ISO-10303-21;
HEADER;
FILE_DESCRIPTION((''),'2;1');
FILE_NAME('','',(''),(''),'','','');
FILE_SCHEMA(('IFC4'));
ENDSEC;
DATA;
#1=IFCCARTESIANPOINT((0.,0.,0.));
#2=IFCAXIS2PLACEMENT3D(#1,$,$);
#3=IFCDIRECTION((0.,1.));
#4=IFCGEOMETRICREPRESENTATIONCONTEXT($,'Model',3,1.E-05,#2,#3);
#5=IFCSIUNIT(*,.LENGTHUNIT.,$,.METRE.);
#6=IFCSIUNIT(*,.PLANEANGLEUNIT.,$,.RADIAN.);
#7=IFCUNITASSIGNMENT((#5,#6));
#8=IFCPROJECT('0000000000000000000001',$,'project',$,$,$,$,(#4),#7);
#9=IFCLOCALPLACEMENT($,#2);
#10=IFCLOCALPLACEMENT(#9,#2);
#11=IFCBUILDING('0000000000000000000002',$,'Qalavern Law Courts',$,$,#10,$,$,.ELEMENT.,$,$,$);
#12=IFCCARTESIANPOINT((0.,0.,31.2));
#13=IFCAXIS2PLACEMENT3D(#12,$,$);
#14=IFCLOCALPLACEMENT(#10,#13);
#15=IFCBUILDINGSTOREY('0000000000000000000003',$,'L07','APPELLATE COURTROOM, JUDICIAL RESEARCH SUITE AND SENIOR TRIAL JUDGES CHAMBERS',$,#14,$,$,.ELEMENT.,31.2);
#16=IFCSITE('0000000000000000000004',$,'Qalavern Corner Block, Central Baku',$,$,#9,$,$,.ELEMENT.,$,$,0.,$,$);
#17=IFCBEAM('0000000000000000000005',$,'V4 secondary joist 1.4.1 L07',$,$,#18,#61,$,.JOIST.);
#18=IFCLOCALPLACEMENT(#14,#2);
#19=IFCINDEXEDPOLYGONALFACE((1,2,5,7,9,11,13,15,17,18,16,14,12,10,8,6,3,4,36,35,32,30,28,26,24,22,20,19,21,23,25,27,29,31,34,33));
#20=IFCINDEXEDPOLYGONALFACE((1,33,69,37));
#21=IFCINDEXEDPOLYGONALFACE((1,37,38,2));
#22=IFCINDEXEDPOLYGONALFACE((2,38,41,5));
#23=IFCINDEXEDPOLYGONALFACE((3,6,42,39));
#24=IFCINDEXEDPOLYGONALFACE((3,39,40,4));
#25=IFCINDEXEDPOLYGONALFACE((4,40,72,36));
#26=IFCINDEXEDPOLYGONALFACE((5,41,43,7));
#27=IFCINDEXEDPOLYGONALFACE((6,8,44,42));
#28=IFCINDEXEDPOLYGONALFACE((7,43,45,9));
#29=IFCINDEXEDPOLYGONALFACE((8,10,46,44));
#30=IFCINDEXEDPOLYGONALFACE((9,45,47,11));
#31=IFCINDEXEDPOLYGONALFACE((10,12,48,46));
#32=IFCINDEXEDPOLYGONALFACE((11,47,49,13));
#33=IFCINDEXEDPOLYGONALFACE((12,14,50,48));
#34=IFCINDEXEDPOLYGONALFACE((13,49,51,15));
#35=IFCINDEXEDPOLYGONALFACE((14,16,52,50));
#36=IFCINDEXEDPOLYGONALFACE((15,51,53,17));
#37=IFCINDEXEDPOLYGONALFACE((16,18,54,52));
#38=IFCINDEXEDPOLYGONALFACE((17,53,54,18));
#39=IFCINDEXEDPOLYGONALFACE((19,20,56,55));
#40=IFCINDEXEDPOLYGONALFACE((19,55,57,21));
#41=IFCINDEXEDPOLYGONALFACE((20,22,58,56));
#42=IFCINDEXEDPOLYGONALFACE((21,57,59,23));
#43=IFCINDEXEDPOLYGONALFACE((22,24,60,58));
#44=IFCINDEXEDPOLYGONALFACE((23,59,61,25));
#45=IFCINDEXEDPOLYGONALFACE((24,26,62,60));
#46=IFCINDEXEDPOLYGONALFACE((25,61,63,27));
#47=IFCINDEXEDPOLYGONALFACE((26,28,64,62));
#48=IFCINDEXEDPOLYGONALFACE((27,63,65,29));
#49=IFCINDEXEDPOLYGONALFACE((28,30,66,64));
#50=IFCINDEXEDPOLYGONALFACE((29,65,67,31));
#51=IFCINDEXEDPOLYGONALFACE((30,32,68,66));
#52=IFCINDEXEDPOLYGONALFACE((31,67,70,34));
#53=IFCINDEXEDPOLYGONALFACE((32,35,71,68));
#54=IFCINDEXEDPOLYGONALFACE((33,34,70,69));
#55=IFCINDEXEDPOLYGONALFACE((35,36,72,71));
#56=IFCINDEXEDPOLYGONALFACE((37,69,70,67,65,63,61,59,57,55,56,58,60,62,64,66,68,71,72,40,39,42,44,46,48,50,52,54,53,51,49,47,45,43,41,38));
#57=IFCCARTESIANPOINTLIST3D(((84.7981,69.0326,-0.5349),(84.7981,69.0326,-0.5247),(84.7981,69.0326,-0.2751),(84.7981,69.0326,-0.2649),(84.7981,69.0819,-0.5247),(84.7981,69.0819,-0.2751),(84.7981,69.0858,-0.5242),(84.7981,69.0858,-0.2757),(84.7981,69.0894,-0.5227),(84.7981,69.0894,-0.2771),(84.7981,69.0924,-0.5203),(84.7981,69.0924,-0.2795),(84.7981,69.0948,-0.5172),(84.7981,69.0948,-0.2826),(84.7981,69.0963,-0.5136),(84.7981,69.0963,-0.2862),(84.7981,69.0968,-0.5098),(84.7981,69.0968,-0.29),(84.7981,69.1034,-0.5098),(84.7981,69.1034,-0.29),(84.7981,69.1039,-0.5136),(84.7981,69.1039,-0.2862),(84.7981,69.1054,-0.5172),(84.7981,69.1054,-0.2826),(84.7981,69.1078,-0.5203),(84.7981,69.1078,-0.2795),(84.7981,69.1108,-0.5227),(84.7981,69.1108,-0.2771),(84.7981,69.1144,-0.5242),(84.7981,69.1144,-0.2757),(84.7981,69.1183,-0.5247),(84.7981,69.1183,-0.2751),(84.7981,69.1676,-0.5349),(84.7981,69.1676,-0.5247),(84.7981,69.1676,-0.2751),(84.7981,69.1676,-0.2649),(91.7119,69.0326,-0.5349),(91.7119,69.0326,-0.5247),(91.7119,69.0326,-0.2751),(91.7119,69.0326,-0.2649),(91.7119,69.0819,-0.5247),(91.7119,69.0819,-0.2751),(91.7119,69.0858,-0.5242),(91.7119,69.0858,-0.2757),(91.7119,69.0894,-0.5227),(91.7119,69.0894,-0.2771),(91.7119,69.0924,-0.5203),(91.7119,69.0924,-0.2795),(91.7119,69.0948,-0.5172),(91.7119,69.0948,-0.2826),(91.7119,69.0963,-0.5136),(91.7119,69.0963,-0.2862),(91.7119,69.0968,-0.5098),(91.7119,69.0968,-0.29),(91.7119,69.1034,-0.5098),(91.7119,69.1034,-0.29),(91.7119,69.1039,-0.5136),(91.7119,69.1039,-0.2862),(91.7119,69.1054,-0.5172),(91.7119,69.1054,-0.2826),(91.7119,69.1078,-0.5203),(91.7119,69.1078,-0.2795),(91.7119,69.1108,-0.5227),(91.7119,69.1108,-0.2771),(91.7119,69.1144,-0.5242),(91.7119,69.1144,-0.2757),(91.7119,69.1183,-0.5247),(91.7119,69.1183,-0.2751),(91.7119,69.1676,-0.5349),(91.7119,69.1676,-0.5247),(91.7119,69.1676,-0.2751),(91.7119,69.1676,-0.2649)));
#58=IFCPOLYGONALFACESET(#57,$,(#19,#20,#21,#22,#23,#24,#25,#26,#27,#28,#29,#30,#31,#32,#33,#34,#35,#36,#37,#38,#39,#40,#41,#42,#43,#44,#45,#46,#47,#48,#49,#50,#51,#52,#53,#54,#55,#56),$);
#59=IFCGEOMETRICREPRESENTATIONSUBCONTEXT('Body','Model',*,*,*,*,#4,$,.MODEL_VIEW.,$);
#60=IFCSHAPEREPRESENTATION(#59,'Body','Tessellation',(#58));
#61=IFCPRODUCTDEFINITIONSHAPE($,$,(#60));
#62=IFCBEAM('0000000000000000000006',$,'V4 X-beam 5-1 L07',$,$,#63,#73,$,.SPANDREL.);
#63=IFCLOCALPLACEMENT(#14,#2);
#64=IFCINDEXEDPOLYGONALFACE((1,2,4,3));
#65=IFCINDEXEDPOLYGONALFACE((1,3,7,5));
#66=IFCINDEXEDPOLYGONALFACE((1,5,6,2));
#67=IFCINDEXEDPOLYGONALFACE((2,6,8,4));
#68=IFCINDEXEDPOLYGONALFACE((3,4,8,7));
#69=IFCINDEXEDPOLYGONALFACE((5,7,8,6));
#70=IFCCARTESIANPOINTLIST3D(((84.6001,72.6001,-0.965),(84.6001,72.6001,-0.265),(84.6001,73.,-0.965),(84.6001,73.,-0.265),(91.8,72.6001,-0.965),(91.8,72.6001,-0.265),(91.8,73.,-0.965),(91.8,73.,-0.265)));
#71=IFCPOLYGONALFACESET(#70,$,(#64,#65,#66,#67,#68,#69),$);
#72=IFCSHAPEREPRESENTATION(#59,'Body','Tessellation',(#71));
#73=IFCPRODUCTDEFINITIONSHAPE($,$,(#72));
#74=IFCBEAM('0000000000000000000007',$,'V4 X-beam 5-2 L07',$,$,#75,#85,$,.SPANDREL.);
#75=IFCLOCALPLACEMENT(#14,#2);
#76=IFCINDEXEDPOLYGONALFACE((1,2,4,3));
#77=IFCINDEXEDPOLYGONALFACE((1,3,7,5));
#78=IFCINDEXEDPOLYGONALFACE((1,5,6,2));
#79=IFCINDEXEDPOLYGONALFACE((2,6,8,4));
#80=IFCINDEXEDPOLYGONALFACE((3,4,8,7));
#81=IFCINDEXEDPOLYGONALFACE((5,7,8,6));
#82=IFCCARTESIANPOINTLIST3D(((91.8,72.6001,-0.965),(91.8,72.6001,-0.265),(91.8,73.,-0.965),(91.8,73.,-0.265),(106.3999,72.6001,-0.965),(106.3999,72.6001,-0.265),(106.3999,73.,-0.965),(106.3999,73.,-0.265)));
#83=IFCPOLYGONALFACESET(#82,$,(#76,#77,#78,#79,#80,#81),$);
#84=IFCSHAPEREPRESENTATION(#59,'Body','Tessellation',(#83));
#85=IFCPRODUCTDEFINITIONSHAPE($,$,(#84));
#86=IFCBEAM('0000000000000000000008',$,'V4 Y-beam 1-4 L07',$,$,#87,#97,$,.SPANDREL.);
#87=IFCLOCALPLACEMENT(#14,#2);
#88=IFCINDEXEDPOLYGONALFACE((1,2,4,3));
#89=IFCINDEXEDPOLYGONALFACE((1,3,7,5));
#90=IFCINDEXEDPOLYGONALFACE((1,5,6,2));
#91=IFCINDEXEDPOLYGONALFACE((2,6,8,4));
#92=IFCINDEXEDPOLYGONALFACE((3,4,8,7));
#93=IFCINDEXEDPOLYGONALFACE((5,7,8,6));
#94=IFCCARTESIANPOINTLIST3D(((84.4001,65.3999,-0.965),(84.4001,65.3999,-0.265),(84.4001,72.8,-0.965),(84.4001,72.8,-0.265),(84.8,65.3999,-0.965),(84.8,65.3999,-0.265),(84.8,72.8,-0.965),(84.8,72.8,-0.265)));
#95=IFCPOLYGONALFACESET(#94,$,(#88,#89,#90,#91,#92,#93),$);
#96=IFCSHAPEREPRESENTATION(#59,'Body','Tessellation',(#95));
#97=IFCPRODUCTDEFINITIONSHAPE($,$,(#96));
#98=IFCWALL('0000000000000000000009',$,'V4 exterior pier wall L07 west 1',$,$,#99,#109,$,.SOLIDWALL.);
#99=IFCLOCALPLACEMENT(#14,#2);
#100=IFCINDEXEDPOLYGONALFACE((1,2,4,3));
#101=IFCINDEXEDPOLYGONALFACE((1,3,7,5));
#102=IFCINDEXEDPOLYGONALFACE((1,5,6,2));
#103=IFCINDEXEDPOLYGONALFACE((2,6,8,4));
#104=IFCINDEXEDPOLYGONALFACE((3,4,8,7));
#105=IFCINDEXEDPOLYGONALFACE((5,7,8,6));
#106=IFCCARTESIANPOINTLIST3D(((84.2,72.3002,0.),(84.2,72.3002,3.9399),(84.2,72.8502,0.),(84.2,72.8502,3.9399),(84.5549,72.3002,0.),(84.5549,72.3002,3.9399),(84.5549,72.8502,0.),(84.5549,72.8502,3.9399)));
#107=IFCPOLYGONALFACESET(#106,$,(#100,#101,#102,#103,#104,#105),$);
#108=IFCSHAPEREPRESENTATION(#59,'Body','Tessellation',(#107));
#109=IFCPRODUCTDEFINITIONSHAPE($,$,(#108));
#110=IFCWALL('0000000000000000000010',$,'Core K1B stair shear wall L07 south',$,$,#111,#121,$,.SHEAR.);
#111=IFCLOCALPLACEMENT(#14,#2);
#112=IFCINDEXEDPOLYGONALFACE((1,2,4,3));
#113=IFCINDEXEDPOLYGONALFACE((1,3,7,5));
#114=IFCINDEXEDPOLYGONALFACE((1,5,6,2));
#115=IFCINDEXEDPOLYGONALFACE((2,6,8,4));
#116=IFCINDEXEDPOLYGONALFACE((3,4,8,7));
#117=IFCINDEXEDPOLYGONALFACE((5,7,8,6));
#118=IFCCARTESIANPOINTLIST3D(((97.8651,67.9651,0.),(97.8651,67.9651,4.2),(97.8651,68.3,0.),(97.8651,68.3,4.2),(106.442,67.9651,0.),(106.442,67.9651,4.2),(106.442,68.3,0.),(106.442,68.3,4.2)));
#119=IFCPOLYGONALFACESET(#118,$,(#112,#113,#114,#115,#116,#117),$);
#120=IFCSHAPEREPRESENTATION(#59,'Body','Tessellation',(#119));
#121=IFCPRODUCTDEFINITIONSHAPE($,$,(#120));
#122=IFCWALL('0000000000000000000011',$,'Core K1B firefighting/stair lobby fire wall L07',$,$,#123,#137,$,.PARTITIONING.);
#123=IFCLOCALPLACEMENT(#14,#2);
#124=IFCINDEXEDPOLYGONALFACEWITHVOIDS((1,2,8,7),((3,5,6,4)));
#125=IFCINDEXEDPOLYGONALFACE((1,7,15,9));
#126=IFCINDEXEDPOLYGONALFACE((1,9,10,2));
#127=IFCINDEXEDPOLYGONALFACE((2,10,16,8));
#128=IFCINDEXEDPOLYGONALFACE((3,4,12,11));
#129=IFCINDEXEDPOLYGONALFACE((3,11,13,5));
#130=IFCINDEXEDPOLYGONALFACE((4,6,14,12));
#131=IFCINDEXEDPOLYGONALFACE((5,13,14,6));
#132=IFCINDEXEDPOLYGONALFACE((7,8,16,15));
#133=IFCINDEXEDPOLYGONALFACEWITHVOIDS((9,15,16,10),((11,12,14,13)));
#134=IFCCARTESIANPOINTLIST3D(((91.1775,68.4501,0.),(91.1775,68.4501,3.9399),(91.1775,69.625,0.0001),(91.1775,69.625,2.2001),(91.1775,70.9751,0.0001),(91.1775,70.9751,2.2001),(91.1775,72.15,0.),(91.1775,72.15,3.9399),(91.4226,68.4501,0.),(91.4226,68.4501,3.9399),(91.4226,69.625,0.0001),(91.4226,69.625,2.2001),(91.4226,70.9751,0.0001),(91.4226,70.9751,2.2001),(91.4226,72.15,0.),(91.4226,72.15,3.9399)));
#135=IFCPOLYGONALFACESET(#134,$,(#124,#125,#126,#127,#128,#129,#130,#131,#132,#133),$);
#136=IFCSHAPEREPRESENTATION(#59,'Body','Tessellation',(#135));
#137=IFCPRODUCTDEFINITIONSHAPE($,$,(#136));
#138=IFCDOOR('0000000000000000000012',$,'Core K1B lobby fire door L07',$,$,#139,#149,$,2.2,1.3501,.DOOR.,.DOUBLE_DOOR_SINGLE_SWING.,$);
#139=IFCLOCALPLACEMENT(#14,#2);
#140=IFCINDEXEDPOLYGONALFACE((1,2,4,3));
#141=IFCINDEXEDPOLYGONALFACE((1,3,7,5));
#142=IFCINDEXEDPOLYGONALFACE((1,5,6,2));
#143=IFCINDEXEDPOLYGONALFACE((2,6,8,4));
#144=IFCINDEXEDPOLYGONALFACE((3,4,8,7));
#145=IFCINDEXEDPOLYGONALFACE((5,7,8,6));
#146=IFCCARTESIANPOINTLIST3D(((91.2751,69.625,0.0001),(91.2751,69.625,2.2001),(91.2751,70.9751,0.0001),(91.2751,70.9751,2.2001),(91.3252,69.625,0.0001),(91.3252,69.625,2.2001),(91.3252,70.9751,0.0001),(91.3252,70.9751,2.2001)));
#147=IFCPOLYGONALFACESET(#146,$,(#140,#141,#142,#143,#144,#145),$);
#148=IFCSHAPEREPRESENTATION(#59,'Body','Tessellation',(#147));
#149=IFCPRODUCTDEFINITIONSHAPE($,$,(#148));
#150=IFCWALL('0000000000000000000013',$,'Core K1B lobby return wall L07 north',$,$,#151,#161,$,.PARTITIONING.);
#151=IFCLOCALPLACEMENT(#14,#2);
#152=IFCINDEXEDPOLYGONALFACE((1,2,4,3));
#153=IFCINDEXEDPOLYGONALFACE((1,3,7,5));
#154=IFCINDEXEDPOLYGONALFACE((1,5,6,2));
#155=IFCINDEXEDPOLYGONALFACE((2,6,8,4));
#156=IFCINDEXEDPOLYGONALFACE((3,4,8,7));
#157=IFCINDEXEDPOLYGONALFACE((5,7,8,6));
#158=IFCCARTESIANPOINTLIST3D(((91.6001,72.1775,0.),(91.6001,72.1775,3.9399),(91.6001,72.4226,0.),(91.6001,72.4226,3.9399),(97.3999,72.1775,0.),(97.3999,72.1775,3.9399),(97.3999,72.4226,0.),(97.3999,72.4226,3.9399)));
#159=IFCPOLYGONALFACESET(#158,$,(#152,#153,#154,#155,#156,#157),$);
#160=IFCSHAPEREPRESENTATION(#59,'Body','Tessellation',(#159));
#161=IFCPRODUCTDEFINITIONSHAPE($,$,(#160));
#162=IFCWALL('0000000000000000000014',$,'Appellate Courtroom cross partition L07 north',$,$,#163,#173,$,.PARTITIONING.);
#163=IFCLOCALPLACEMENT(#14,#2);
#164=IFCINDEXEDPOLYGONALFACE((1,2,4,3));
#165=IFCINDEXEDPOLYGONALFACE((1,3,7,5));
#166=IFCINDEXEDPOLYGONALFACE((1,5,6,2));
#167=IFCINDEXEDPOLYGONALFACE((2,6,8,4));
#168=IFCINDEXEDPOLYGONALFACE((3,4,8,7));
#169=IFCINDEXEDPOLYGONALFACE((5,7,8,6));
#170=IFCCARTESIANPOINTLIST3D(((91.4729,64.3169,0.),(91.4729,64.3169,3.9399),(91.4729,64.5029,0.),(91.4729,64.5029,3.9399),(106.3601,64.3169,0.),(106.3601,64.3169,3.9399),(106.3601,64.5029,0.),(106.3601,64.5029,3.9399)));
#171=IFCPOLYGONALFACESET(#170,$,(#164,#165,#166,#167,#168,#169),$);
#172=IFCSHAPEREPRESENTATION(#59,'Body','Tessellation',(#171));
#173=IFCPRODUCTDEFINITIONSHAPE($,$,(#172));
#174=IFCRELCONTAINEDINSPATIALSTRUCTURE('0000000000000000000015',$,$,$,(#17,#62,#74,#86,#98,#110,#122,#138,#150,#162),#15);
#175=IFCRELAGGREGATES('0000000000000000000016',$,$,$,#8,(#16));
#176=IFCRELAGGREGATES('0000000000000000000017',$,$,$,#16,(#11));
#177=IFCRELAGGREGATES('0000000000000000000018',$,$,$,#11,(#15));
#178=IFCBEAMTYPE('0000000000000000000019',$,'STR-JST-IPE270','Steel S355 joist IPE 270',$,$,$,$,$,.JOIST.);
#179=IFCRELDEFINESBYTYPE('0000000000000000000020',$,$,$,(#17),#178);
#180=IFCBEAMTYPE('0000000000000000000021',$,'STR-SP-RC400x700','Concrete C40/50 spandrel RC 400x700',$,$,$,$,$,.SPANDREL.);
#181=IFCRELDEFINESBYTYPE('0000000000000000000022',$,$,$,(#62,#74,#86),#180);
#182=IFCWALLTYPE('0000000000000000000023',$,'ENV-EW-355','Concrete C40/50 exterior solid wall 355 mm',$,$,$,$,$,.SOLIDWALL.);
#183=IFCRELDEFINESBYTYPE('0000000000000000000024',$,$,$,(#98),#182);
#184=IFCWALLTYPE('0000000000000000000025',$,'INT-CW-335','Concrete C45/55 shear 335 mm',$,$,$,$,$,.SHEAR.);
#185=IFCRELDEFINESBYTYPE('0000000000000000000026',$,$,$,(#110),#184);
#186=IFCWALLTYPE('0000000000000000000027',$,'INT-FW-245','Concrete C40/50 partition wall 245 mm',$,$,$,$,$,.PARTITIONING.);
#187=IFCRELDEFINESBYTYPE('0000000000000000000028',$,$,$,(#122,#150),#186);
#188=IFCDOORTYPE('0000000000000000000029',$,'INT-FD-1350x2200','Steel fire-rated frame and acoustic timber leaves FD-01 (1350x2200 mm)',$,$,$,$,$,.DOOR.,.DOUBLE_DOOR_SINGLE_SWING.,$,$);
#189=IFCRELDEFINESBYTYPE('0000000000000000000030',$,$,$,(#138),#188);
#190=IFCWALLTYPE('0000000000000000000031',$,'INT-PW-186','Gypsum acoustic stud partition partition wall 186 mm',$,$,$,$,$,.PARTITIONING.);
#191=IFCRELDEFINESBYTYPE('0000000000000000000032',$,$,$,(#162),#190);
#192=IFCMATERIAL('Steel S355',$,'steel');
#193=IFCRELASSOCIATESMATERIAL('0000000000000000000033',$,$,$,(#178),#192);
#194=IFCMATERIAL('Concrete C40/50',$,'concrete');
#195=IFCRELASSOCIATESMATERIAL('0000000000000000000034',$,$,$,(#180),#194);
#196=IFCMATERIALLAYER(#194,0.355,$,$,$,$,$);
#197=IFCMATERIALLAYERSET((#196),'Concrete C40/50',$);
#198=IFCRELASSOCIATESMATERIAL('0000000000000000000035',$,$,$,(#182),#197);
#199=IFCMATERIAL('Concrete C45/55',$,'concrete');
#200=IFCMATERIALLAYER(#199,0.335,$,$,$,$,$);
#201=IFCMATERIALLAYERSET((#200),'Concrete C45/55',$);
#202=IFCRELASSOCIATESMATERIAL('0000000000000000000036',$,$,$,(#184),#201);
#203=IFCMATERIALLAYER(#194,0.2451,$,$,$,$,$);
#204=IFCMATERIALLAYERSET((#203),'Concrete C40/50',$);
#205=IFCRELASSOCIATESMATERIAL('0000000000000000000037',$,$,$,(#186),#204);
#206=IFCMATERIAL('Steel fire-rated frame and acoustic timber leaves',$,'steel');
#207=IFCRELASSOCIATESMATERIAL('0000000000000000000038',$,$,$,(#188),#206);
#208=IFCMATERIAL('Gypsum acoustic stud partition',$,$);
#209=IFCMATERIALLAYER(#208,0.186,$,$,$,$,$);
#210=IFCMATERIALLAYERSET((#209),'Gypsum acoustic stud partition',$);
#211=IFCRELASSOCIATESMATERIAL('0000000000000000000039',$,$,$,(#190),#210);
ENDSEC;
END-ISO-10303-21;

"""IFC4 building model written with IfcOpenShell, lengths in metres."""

from ifc_helpers import new_model, si_unit, direction, frame, frame_2d, origin, origin_2d, place, context, subcontext, project, spatial, rectangle, i_section, extrude, material, layer, layer_set, material_profile, profile_set, type_object, element, fill, save


model = new_model("IFC4")

# Units and contexts
model_context = context("Model", 3, precision=1e-05, world=origin(), true_north=direction((0.0, 1.0)))
body_context = subcontext(model_context, "Body", "Model", "MODEL_VIEW")
ifc_project = project(units=[si_unit("LENGTHUNIT", "METRE"), si_unit("PLANEANGLEUNIT", "RADIAN")], contexts=[model_context])

# Site, building, storey
site_placement = place(None, origin())
site = spatial("IfcSite", under=ifc_project, at=site_placement, Name="Qalavern Corner Block, Central Baku", CompositionType="ELEMENT", RefElevation=0.0)
building_placement = place(site_placement, origin())
building = spatial("IfcBuilding", under=site, at=building_placement, Name="Qalavern Law Courts", CompositionType="ELEMENT")
storey_placement = place(building_placement, frame((0.0, 0.0, 31.2)))
storey = spatial("IfcBuildingStorey", under=building, at=storey_placement, Name="L07", Description="APPELLATE COURTROOM, JUDICIAL RESEARCH SUITE AND SENIOR TRIAL JUDGES CHAMBERS", CompositionType="ELEMENT", Elevation=31.2)

# Shared definitions
ifc_material_1 = material(Name="Concrete C45/55", Category="concrete")

# Beams
ifc_material_2 = material(Name="Steel S355", Category="steel")
ifc_material_profile_1 = material_profile(ifc_material_2, i_section(OverallWidth=0.135, OverallDepth=0.27, WebThickness=0.0066, FlangeThickness=0.0103, FilletRadius=0.0149, at=origin_2d()), Name="IPE 270")
ifc_profile_set_1 = profile_set([ifc_material_profile_1], Name="Steel S355")
beam_type_1 = type_object("IfcBeamType", Name="STR-JST-IPE270", Description="Steel S355 joist IPE 270", PredefinedType="JOIST", material=ifc_profile_set_1)
beam_1_placement = place(storey_placement, frame((84.7981, 69.1001, -0.3999), z_axis=(1.0, 0.0, 0.0), x_axis=(0.0, 1.0, 0.0)))
element("IfcBeam", 1, at=beam_1_placement, inside=storey, type_object=beam_type_1, Name="V4 secondary joist 1.4.1 L07", PredefinedType="JOIST", context=body_context, shape_type="SweptSolid", body=[
    extrude(i_section(OverallWidth=0.135, OverallDepth=0.27, WebThickness=0.0066, FlangeThickness=0.0103, FilletRadius=0.0149, at=origin_2d()), origin(), (0.0, 0.0, 1.0), 6.9138),
])
ifc_material_3 = material(Name="Concrete C40/50", Category="concrete")
ifc_material_profile_2 = material_profile(ifc_material_3, rectangle(XDim=0.3999, YDim=0.7, at=origin_2d()), Name="RC 400x700")
ifc_profile_set_2 = profile_set([ifc_material_profile_2], Name="Concrete C40/50")
beam_type_2 = type_object("IfcBeamType", Name="STR-SP-RC400x700", Description="Concrete C40/50 spandrel RC 400x700", PredefinedType="SPANDREL", material=ifc_profile_set_2)
beam_2_placement = place(storey_placement, frame((84.6001, 72.8, -0.615), z_axis=(1.0, 0.0, 0.0), x_axis=(0.0, 1.0, 0.0)))
element("IfcBeam", 2, at=beam_2_placement, inside=storey, type_object=beam_type_2, Name="V4 X-beam 5-1 L07", PredefinedType="SPANDREL", context=body_context, shape_type="SweptSolid", body=[
    extrude(rectangle(XDim=0.3999, YDim=0.7, at=origin_2d()), origin(), (0.0, 0.0, 1.0), 7.2),
])
beam_3_placement = place(storey_placement, frame((91.8, 72.8, -0.615), z_axis=(1.0, 0.0, 0.0), x_axis=(0.0, 1.0, 0.0)))
element("IfcBeam", 3, at=beam_3_placement, inside=storey, type_object=beam_type_2, Name="V4 X-beam 5-2 L07", PredefinedType="SPANDREL", context=body_context, shape_type="SweptSolid", body=[
    extrude(rectangle(XDim=0.3999, YDim=0.7, at=origin_2d()), origin(), (0.0, 0.0, 1.0), 14.5999),
])
beam_4_placement = place(storey_placement, frame((84.6001, 65.3999, -0.615), z_axis=(0.0, 1.0, 0.0), x_axis=(-1.0, 0.0, 0.0)))
element("IfcBeam", 4, at=beam_4_placement, inside=storey, type_object=beam_type_2, Name="V4 Y-beam 1-4 L07", PredefinedType="SPANDREL", context=body_context, shape_type="SweptSolid", body=[
    extrude(rectangle(XDim=0.3999, YDim=0.7, at=origin_2d()), origin(), (0.0, 0.0, 1.0), 7.4001),
])

# Walls
ifc_layer_1 = layer(ifc_material_3, 0.355)
ifc_layer_set_1 = layer_set([ifc_layer_1], Name="Concrete C40/50")
wall_type_1 = type_object("IfcWallType", Name="ENV-EW-355", Description="Concrete C40/50 exterior solid wall 355 mm", PredefinedType="SOLIDWALL", material=ifc_layer_set_1)
wall_1_placement = place(storey_placement, frame((84.3774, 72.8501, 0.0), z_axis=(0.0, 0.0, 1.0), x_axis=(0.0, -1.0, 0.0)))
element("IfcWall", 5, at=wall_1_placement, inside=storey, type_object=wall_type_1, Name="V4 exterior pier wall L07 west 1", PredefinedType="SOLIDWALL", context=body_context, shape_type="SweptSolid", body=[
    extrude(rectangle(XDim=0.55, YDim=0.355, at=frame_2d((0.2749, 0.0))), origin(), (0.0, 0.0, 1.0), 3.9399),
])
ifc_layer_2 = layer(ifc_material_1, 0.335)
ifc_layer_set_2 = layer_set([ifc_layer_2], Name="Concrete C45/55")
wall_type_2 = type_object("IfcWallType", Name="INT-CW-335", Description="Concrete C45/55 shear 335 mm", PredefinedType="SHEAR", material=ifc_layer_set_2)
wall_2_placement = place(storey_placement, frame((97.865, 68.1326, 0.0), z_axis=(0.0, 0.0, 1.0), x_axis=(1.0, 0.0, 0.0)))
element("IfcWall", 6, at=wall_2_placement, inside=storey, type_object=wall_type_2, Name="Core K1B stair shear wall L07 south", PredefinedType="SHEAR", context=body_context, shape_type="SweptSolid", body=[
    extrude(rectangle(XDim=8.5769, YDim=0.335, at=frame_2d((4.2886, 0.0))), origin(), (0.0, 0.0, 1.0), 4.2),
])

# Wall, opening, door
ifc_layer_3 = layer(ifc_material_3, 0.2451)
ifc_layer_set_3 = layer_set([ifc_layer_3], Name="Concrete C40/50")
wall_type_3 = type_object("IfcWallType", Name="INT-FW-245", Description="Concrete C40/50 partition wall 245 mm", PredefinedType="PARTITIONING", material=ifc_layer_set_3)
wall_3_placement = place(storey_placement, frame((91.3, 68.45, 0.0), z_axis=(0.0, 0.0, 1.0), x_axis=(0.0, 1.0, 0.0)))
wall_3 = element("IfcWall", 7, at=wall_3_placement, inside=storey, type_object=wall_type_3, Name="Core K1B firefighting/stair lobby fire wall L07", PredefinedType="PARTITIONING", context=body_context, shape_type="SweptSolid", body=[
    extrude(rectangle(XDim=3.7, YDim=0.2451, at=frame_2d((1.8501, 0.0))), origin(), (0.0, 0.0, 1.0), 3.9399),
])
opening_1_placement = place(wall_3_placement, frame((1.175, 0.0, 0.0)))
opening_1 = element("IfcOpeningElement", 8, at=opening_1_placement, cuts=wall_3, PredefinedType="OPENING", context=body_context, shape_type="SweptSolid", body=[
    extrude(rectangle(XDim=1.3501, YDim=2.2, at=frame_2d((0.675, 1.1001))), frame((0.0, 0.1375, 0.0), z_axis=(0.0, -1.0, 0.0), x_axis=(1.0, 0.0, 0.0)), (0.0, 0.0, 1.0), 0.2749),
])
ifc_material_4 = material(Name="Steel fire-rated frame and acoustic timber leaves", Category="steel")
door_type_1 = type_object("IfcDoorType", Name="INT-FD-1350x2200", Description="Steel fire-rated frame and acoustic timber leaves FD-01 (1350x2200 mm)", OperationType="DOUBLE_DOOR_SINGLE_SWING", PredefinedType="DOOR", material=ifc_material_4)
door_1_placement = place(opening_1_placement, origin())
door_1 = element("IfcDoor", 9, at=door_1_placement, inside=storey, type_object=door_type_1, Name="Core K1B lobby fire door L07", OperationType="DOUBLE_DOOR_SINGLE_SWING", OverallHeight=2.2, OverallWidth=1.3501, PredefinedType="DOOR", context=body_context, shape_type="SweptSolid", body=[
    extrude(rectangle(XDim=1.3501, YDim=2.2, at=frame_2d((0.675, 1.1001))), frame((0.0, 0.0249, 0.0), z_axis=(0.0, -1.0, 0.0), x_axis=(1.0, 0.0, 0.0)), (0.0, 0.0, 1.0), 0.05),
])
fill(opening_1, door_1)

# Walls
wall_4_placement = place(storey_placement, frame((91.6001, 72.3, 0.0), z_axis=(0.0, 0.0, 1.0), x_axis=(1.0, 0.0, 0.0)))
element("IfcWall", 10, at=wall_4_placement, inside=storey, type_object=wall_type_3, Name="Core K1B lobby return wall L07 north", PredefinedType="PARTITIONING", context=body_context, shape_type="SweptSolid", body=[
    extrude(rectangle(XDim=5.7998, YDim=0.2451, at=frame_2d((2.8999, 0.0))), origin(), (0.0, 0.0, 1.0), 3.9399),
])
ifc_material_5 = material(Name="Gypsum acoustic stud partition")
ifc_layer_4 = layer(ifc_material_5, 0.186)
ifc_layer_set_4 = layer_set([ifc_layer_4], Name="Gypsum acoustic stud partition")
wall_type_4 = type_object("IfcWallType", Name="INT-PW-186", Description="Gypsum acoustic stud partition partition wall 186 mm", PredefinedType="PARTITIONING", material=ifc_layer_set_4)
wall_5_placement = place(storey_placement, frame((91.4729, 64.4099, 0.0), z_axis=(0.0, 0.0, 1.0), x_axis=(1.0, 0.0, 0.0)))
element("IfcWall", 11, at=wall_5_placement, inside=storey, type_object=wall_type_4, Name="Appellate Courtroom cross partition L07 north", PredefinedType="PARTITIONING", context=body_context, shape_type="SweptSolid", body=[
    extrude(rectangle(XDim=14.8872, YDim=0.186, at=frame_2d((7.4436, 0.0))), origin(), (0.0, 0.0, 1.0), 3.9399),
])

save(model, "model.ifc")
